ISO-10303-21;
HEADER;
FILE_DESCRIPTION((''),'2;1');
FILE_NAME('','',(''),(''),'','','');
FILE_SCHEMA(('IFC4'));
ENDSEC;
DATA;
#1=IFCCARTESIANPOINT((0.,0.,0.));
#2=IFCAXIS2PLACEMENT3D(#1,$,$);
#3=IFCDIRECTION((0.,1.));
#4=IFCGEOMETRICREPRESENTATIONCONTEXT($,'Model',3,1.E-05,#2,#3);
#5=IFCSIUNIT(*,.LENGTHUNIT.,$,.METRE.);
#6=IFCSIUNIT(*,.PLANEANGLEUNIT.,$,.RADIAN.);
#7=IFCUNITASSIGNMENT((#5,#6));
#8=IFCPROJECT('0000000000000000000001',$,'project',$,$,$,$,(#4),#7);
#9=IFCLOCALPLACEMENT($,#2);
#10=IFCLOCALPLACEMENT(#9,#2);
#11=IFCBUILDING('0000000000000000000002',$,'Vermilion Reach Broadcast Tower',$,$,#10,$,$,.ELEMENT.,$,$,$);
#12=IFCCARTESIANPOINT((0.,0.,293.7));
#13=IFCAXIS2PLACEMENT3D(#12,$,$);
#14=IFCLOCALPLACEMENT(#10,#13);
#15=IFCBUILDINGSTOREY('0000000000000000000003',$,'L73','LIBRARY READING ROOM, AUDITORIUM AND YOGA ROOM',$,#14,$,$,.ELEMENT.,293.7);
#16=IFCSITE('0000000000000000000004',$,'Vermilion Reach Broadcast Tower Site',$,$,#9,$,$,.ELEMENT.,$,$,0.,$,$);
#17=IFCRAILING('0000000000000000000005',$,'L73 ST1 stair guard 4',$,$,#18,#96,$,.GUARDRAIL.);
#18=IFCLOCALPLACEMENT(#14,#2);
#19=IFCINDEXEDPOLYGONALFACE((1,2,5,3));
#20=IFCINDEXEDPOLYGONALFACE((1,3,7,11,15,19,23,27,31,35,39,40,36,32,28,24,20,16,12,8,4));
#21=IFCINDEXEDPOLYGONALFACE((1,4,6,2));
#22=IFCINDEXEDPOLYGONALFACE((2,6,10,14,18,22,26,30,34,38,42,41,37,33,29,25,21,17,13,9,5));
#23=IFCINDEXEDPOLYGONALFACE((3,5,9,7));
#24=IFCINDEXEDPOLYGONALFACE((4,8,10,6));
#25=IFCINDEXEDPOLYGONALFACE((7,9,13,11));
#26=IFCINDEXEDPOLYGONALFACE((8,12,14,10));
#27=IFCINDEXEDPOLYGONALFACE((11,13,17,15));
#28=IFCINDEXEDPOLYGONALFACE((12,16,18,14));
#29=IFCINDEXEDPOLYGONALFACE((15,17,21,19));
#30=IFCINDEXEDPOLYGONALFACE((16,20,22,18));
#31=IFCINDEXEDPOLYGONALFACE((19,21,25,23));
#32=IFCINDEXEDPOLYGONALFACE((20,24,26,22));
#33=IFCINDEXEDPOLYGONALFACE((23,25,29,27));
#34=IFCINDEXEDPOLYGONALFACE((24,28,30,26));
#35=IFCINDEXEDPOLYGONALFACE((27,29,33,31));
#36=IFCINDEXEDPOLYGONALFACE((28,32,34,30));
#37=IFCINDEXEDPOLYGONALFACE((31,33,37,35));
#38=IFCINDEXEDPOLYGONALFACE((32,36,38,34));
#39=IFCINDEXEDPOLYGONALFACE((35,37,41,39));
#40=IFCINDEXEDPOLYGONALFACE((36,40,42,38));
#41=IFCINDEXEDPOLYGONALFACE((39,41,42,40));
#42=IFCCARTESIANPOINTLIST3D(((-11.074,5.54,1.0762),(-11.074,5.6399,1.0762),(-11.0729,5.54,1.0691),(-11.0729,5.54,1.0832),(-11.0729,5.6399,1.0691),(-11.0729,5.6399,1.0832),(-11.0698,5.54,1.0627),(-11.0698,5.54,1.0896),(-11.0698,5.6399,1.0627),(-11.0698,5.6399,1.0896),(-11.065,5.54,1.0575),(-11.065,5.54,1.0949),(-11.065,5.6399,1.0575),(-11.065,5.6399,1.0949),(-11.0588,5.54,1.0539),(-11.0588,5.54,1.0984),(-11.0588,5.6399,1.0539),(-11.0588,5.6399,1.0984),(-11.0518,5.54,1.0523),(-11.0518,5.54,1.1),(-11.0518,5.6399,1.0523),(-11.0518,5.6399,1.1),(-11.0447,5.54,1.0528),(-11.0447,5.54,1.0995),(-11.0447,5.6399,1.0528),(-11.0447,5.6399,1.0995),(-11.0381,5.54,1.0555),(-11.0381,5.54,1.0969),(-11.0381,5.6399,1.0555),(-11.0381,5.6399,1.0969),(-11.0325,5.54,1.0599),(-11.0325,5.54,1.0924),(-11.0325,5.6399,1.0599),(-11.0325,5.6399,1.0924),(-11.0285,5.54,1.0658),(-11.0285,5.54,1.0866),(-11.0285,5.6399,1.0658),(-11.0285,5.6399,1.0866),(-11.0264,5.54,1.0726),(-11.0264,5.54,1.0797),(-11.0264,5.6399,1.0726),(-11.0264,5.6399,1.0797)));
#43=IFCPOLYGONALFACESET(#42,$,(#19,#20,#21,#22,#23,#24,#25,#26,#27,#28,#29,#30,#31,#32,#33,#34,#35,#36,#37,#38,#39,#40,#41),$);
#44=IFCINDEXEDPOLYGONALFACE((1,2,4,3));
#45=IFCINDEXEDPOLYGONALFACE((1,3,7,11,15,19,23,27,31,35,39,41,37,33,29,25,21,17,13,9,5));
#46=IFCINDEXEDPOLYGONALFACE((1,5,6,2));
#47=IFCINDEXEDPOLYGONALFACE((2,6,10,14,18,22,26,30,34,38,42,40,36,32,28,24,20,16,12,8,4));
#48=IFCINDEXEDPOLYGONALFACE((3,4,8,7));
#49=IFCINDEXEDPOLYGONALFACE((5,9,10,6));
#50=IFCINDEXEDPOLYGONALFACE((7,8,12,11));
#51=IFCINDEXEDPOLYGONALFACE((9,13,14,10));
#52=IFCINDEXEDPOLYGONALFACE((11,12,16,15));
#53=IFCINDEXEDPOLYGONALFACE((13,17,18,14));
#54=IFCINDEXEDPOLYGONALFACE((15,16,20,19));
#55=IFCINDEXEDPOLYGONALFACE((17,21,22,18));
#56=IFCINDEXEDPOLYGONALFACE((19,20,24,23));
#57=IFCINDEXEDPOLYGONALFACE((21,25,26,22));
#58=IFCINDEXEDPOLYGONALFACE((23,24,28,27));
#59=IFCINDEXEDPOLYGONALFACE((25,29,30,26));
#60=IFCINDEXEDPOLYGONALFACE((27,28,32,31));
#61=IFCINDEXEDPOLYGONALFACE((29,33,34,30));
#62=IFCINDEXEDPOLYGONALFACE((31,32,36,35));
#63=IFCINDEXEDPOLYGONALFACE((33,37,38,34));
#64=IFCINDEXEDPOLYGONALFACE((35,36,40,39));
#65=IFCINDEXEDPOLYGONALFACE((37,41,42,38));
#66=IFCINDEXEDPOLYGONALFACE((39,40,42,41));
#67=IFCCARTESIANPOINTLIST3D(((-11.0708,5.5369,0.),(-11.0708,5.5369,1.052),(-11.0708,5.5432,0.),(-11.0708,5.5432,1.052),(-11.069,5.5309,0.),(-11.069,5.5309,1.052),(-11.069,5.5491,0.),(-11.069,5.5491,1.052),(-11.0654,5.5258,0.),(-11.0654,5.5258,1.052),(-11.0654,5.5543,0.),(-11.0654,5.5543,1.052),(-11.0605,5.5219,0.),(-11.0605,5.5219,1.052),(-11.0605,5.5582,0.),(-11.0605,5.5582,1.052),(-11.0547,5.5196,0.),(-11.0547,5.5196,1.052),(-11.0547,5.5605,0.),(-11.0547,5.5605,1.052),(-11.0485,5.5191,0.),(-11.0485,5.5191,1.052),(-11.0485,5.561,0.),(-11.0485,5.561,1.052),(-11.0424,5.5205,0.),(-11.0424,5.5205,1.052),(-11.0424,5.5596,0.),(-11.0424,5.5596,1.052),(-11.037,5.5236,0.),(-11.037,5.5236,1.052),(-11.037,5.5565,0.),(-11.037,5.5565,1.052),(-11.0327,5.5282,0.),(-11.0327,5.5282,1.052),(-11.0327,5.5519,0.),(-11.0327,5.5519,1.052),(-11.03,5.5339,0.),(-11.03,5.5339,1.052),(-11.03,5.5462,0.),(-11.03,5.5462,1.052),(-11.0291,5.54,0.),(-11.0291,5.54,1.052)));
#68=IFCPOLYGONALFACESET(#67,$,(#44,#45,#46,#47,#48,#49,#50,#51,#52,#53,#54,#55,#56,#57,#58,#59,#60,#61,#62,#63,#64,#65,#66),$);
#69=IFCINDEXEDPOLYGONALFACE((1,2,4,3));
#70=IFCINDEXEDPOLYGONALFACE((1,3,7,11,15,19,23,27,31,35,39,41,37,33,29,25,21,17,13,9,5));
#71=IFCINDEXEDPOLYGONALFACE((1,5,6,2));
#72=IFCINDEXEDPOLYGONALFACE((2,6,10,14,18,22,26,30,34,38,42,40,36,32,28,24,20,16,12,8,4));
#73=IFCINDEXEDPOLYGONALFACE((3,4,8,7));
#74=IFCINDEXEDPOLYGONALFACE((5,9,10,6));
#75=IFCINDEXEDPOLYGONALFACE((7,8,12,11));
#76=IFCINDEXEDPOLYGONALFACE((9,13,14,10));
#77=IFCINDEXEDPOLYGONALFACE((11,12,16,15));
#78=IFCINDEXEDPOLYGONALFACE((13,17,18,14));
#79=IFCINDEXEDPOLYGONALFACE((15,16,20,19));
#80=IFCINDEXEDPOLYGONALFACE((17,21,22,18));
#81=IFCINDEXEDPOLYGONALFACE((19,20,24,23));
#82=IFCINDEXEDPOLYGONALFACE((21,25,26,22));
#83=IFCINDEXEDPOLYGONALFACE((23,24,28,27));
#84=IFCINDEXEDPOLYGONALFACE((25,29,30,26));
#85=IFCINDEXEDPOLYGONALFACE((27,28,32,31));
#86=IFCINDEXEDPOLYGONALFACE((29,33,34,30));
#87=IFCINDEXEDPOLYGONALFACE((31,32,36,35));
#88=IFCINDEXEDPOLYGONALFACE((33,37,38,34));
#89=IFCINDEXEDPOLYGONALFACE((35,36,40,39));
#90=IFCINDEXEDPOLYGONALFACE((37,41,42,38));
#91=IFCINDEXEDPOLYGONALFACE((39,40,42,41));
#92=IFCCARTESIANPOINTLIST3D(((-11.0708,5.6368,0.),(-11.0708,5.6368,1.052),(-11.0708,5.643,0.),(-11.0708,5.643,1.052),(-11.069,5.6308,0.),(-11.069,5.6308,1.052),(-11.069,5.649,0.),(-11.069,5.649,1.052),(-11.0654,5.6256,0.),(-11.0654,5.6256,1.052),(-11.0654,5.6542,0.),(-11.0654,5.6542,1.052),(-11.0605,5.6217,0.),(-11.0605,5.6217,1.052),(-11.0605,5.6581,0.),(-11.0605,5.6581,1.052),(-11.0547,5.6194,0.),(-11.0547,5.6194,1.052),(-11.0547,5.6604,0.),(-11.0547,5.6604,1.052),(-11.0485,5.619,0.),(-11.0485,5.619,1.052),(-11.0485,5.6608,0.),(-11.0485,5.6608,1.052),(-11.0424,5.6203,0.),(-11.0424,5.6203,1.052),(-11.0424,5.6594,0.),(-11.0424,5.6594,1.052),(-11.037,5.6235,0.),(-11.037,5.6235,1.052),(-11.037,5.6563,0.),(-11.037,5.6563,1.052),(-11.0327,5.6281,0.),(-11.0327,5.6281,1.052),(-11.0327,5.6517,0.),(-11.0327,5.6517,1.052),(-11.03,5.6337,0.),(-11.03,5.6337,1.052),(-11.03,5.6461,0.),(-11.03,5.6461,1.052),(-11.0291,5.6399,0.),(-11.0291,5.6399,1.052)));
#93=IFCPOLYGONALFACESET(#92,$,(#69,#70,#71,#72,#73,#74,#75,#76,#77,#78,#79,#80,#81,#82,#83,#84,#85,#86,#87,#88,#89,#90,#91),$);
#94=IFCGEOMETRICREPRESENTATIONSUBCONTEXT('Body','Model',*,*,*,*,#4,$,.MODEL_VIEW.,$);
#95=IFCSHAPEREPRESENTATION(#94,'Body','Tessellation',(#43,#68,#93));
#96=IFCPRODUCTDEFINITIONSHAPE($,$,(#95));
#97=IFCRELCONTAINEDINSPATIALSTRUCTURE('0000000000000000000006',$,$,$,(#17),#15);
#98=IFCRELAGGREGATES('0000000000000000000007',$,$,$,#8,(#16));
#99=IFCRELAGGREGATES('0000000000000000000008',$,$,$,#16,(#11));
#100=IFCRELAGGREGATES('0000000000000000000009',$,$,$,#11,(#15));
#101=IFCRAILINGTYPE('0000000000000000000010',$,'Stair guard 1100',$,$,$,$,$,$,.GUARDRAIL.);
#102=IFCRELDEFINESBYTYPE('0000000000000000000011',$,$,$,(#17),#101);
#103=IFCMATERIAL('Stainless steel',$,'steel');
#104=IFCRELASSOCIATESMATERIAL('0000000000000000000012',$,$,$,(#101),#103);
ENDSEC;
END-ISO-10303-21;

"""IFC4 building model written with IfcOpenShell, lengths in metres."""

from ifc_helpers import new_model, si_unit, direction, frame, origin, origin_2d, place, context, subcontext, project, spatial, circle, extrude, material, type_object, element, save


model = new_model("IFC4")

# Units and contexts
model_context = context("Model", 3, precision=1e-05, world=origin(), true_north=direction((0.0, 1.0)))
body_context = subcontext(model_context, "Body", "Model", "MODEL_VIEW")
ifc_project = project(units=[si_unit("LENGTHUNIT", "METRE"), si_unit("PLANEANGLEUNIT", "RADIAN")], contexts=[model_context])

# Site, building, storey
site_placement = place(None, origin())
site = spatial("IfcSite", under=ifc_project, at=site_placement, Name="Vermilion Reach Broadcast Tower Site", CompositionType="ELEMENT", RefElevation=0.0)
building_placement = place(site_placement, origin())
building = spatial("IfcBuilding", under=site, at=building_placement, Name="Vermilion Reach Broadcast Tower", CompositionType="ELEMENT")
storey_placement = place(building_placement, frame((0.0, 0.0, 293.7)))
storey = spatial("IfcBuildingStorey", under=building, at=storey_placement, Name="L73", Description="LIBRARY READING ROOM, AUDITORIUM AND YOGA ROOM", CompositionType="ELEMENT", Elevation=293.7)

# Railing
ifc_material_1 = material(Name="Stainless steel", Category="steel")
railing_type_1 = type_object("IfcRailingType", Name="Stair guard 1100", PredefinedType="GUARDRAIL", material=ifc_material_1)
railing_1_placement = place(storey_placement, frame((-11.05, 5.54, 0.0)))
element("IfcRailing", 1, at=railing_1_placement, inside=storey, type_object=railing_type_1, Name="L73 ST1 stair guard 4", PredefinedType="GUARDRAIL", context=body_context, shape_type="SweptSolid", body=[
    extrude(circle(Radius=0.0239, at=origin_2d()), frame((0.0, 0.0, 1.0762), z_axis=(0.0, 1.0, 0.0), x_axis=(-1.0, 0.0, 0.0)), (0.0, 0.0, 1.0), 0.0999),
    extrude(circle(Radius=0.021, at=origin_2d()), origin(), (0.0, 0.0, 1.0), 1.052),
    extrude(circle(Radius=0.021, at=origin_2d()), frame((0.0, 0.0999, 0.0)), (0.0, 0.0, 1.0), 1.052),
])

save(model, "model.ifc")
